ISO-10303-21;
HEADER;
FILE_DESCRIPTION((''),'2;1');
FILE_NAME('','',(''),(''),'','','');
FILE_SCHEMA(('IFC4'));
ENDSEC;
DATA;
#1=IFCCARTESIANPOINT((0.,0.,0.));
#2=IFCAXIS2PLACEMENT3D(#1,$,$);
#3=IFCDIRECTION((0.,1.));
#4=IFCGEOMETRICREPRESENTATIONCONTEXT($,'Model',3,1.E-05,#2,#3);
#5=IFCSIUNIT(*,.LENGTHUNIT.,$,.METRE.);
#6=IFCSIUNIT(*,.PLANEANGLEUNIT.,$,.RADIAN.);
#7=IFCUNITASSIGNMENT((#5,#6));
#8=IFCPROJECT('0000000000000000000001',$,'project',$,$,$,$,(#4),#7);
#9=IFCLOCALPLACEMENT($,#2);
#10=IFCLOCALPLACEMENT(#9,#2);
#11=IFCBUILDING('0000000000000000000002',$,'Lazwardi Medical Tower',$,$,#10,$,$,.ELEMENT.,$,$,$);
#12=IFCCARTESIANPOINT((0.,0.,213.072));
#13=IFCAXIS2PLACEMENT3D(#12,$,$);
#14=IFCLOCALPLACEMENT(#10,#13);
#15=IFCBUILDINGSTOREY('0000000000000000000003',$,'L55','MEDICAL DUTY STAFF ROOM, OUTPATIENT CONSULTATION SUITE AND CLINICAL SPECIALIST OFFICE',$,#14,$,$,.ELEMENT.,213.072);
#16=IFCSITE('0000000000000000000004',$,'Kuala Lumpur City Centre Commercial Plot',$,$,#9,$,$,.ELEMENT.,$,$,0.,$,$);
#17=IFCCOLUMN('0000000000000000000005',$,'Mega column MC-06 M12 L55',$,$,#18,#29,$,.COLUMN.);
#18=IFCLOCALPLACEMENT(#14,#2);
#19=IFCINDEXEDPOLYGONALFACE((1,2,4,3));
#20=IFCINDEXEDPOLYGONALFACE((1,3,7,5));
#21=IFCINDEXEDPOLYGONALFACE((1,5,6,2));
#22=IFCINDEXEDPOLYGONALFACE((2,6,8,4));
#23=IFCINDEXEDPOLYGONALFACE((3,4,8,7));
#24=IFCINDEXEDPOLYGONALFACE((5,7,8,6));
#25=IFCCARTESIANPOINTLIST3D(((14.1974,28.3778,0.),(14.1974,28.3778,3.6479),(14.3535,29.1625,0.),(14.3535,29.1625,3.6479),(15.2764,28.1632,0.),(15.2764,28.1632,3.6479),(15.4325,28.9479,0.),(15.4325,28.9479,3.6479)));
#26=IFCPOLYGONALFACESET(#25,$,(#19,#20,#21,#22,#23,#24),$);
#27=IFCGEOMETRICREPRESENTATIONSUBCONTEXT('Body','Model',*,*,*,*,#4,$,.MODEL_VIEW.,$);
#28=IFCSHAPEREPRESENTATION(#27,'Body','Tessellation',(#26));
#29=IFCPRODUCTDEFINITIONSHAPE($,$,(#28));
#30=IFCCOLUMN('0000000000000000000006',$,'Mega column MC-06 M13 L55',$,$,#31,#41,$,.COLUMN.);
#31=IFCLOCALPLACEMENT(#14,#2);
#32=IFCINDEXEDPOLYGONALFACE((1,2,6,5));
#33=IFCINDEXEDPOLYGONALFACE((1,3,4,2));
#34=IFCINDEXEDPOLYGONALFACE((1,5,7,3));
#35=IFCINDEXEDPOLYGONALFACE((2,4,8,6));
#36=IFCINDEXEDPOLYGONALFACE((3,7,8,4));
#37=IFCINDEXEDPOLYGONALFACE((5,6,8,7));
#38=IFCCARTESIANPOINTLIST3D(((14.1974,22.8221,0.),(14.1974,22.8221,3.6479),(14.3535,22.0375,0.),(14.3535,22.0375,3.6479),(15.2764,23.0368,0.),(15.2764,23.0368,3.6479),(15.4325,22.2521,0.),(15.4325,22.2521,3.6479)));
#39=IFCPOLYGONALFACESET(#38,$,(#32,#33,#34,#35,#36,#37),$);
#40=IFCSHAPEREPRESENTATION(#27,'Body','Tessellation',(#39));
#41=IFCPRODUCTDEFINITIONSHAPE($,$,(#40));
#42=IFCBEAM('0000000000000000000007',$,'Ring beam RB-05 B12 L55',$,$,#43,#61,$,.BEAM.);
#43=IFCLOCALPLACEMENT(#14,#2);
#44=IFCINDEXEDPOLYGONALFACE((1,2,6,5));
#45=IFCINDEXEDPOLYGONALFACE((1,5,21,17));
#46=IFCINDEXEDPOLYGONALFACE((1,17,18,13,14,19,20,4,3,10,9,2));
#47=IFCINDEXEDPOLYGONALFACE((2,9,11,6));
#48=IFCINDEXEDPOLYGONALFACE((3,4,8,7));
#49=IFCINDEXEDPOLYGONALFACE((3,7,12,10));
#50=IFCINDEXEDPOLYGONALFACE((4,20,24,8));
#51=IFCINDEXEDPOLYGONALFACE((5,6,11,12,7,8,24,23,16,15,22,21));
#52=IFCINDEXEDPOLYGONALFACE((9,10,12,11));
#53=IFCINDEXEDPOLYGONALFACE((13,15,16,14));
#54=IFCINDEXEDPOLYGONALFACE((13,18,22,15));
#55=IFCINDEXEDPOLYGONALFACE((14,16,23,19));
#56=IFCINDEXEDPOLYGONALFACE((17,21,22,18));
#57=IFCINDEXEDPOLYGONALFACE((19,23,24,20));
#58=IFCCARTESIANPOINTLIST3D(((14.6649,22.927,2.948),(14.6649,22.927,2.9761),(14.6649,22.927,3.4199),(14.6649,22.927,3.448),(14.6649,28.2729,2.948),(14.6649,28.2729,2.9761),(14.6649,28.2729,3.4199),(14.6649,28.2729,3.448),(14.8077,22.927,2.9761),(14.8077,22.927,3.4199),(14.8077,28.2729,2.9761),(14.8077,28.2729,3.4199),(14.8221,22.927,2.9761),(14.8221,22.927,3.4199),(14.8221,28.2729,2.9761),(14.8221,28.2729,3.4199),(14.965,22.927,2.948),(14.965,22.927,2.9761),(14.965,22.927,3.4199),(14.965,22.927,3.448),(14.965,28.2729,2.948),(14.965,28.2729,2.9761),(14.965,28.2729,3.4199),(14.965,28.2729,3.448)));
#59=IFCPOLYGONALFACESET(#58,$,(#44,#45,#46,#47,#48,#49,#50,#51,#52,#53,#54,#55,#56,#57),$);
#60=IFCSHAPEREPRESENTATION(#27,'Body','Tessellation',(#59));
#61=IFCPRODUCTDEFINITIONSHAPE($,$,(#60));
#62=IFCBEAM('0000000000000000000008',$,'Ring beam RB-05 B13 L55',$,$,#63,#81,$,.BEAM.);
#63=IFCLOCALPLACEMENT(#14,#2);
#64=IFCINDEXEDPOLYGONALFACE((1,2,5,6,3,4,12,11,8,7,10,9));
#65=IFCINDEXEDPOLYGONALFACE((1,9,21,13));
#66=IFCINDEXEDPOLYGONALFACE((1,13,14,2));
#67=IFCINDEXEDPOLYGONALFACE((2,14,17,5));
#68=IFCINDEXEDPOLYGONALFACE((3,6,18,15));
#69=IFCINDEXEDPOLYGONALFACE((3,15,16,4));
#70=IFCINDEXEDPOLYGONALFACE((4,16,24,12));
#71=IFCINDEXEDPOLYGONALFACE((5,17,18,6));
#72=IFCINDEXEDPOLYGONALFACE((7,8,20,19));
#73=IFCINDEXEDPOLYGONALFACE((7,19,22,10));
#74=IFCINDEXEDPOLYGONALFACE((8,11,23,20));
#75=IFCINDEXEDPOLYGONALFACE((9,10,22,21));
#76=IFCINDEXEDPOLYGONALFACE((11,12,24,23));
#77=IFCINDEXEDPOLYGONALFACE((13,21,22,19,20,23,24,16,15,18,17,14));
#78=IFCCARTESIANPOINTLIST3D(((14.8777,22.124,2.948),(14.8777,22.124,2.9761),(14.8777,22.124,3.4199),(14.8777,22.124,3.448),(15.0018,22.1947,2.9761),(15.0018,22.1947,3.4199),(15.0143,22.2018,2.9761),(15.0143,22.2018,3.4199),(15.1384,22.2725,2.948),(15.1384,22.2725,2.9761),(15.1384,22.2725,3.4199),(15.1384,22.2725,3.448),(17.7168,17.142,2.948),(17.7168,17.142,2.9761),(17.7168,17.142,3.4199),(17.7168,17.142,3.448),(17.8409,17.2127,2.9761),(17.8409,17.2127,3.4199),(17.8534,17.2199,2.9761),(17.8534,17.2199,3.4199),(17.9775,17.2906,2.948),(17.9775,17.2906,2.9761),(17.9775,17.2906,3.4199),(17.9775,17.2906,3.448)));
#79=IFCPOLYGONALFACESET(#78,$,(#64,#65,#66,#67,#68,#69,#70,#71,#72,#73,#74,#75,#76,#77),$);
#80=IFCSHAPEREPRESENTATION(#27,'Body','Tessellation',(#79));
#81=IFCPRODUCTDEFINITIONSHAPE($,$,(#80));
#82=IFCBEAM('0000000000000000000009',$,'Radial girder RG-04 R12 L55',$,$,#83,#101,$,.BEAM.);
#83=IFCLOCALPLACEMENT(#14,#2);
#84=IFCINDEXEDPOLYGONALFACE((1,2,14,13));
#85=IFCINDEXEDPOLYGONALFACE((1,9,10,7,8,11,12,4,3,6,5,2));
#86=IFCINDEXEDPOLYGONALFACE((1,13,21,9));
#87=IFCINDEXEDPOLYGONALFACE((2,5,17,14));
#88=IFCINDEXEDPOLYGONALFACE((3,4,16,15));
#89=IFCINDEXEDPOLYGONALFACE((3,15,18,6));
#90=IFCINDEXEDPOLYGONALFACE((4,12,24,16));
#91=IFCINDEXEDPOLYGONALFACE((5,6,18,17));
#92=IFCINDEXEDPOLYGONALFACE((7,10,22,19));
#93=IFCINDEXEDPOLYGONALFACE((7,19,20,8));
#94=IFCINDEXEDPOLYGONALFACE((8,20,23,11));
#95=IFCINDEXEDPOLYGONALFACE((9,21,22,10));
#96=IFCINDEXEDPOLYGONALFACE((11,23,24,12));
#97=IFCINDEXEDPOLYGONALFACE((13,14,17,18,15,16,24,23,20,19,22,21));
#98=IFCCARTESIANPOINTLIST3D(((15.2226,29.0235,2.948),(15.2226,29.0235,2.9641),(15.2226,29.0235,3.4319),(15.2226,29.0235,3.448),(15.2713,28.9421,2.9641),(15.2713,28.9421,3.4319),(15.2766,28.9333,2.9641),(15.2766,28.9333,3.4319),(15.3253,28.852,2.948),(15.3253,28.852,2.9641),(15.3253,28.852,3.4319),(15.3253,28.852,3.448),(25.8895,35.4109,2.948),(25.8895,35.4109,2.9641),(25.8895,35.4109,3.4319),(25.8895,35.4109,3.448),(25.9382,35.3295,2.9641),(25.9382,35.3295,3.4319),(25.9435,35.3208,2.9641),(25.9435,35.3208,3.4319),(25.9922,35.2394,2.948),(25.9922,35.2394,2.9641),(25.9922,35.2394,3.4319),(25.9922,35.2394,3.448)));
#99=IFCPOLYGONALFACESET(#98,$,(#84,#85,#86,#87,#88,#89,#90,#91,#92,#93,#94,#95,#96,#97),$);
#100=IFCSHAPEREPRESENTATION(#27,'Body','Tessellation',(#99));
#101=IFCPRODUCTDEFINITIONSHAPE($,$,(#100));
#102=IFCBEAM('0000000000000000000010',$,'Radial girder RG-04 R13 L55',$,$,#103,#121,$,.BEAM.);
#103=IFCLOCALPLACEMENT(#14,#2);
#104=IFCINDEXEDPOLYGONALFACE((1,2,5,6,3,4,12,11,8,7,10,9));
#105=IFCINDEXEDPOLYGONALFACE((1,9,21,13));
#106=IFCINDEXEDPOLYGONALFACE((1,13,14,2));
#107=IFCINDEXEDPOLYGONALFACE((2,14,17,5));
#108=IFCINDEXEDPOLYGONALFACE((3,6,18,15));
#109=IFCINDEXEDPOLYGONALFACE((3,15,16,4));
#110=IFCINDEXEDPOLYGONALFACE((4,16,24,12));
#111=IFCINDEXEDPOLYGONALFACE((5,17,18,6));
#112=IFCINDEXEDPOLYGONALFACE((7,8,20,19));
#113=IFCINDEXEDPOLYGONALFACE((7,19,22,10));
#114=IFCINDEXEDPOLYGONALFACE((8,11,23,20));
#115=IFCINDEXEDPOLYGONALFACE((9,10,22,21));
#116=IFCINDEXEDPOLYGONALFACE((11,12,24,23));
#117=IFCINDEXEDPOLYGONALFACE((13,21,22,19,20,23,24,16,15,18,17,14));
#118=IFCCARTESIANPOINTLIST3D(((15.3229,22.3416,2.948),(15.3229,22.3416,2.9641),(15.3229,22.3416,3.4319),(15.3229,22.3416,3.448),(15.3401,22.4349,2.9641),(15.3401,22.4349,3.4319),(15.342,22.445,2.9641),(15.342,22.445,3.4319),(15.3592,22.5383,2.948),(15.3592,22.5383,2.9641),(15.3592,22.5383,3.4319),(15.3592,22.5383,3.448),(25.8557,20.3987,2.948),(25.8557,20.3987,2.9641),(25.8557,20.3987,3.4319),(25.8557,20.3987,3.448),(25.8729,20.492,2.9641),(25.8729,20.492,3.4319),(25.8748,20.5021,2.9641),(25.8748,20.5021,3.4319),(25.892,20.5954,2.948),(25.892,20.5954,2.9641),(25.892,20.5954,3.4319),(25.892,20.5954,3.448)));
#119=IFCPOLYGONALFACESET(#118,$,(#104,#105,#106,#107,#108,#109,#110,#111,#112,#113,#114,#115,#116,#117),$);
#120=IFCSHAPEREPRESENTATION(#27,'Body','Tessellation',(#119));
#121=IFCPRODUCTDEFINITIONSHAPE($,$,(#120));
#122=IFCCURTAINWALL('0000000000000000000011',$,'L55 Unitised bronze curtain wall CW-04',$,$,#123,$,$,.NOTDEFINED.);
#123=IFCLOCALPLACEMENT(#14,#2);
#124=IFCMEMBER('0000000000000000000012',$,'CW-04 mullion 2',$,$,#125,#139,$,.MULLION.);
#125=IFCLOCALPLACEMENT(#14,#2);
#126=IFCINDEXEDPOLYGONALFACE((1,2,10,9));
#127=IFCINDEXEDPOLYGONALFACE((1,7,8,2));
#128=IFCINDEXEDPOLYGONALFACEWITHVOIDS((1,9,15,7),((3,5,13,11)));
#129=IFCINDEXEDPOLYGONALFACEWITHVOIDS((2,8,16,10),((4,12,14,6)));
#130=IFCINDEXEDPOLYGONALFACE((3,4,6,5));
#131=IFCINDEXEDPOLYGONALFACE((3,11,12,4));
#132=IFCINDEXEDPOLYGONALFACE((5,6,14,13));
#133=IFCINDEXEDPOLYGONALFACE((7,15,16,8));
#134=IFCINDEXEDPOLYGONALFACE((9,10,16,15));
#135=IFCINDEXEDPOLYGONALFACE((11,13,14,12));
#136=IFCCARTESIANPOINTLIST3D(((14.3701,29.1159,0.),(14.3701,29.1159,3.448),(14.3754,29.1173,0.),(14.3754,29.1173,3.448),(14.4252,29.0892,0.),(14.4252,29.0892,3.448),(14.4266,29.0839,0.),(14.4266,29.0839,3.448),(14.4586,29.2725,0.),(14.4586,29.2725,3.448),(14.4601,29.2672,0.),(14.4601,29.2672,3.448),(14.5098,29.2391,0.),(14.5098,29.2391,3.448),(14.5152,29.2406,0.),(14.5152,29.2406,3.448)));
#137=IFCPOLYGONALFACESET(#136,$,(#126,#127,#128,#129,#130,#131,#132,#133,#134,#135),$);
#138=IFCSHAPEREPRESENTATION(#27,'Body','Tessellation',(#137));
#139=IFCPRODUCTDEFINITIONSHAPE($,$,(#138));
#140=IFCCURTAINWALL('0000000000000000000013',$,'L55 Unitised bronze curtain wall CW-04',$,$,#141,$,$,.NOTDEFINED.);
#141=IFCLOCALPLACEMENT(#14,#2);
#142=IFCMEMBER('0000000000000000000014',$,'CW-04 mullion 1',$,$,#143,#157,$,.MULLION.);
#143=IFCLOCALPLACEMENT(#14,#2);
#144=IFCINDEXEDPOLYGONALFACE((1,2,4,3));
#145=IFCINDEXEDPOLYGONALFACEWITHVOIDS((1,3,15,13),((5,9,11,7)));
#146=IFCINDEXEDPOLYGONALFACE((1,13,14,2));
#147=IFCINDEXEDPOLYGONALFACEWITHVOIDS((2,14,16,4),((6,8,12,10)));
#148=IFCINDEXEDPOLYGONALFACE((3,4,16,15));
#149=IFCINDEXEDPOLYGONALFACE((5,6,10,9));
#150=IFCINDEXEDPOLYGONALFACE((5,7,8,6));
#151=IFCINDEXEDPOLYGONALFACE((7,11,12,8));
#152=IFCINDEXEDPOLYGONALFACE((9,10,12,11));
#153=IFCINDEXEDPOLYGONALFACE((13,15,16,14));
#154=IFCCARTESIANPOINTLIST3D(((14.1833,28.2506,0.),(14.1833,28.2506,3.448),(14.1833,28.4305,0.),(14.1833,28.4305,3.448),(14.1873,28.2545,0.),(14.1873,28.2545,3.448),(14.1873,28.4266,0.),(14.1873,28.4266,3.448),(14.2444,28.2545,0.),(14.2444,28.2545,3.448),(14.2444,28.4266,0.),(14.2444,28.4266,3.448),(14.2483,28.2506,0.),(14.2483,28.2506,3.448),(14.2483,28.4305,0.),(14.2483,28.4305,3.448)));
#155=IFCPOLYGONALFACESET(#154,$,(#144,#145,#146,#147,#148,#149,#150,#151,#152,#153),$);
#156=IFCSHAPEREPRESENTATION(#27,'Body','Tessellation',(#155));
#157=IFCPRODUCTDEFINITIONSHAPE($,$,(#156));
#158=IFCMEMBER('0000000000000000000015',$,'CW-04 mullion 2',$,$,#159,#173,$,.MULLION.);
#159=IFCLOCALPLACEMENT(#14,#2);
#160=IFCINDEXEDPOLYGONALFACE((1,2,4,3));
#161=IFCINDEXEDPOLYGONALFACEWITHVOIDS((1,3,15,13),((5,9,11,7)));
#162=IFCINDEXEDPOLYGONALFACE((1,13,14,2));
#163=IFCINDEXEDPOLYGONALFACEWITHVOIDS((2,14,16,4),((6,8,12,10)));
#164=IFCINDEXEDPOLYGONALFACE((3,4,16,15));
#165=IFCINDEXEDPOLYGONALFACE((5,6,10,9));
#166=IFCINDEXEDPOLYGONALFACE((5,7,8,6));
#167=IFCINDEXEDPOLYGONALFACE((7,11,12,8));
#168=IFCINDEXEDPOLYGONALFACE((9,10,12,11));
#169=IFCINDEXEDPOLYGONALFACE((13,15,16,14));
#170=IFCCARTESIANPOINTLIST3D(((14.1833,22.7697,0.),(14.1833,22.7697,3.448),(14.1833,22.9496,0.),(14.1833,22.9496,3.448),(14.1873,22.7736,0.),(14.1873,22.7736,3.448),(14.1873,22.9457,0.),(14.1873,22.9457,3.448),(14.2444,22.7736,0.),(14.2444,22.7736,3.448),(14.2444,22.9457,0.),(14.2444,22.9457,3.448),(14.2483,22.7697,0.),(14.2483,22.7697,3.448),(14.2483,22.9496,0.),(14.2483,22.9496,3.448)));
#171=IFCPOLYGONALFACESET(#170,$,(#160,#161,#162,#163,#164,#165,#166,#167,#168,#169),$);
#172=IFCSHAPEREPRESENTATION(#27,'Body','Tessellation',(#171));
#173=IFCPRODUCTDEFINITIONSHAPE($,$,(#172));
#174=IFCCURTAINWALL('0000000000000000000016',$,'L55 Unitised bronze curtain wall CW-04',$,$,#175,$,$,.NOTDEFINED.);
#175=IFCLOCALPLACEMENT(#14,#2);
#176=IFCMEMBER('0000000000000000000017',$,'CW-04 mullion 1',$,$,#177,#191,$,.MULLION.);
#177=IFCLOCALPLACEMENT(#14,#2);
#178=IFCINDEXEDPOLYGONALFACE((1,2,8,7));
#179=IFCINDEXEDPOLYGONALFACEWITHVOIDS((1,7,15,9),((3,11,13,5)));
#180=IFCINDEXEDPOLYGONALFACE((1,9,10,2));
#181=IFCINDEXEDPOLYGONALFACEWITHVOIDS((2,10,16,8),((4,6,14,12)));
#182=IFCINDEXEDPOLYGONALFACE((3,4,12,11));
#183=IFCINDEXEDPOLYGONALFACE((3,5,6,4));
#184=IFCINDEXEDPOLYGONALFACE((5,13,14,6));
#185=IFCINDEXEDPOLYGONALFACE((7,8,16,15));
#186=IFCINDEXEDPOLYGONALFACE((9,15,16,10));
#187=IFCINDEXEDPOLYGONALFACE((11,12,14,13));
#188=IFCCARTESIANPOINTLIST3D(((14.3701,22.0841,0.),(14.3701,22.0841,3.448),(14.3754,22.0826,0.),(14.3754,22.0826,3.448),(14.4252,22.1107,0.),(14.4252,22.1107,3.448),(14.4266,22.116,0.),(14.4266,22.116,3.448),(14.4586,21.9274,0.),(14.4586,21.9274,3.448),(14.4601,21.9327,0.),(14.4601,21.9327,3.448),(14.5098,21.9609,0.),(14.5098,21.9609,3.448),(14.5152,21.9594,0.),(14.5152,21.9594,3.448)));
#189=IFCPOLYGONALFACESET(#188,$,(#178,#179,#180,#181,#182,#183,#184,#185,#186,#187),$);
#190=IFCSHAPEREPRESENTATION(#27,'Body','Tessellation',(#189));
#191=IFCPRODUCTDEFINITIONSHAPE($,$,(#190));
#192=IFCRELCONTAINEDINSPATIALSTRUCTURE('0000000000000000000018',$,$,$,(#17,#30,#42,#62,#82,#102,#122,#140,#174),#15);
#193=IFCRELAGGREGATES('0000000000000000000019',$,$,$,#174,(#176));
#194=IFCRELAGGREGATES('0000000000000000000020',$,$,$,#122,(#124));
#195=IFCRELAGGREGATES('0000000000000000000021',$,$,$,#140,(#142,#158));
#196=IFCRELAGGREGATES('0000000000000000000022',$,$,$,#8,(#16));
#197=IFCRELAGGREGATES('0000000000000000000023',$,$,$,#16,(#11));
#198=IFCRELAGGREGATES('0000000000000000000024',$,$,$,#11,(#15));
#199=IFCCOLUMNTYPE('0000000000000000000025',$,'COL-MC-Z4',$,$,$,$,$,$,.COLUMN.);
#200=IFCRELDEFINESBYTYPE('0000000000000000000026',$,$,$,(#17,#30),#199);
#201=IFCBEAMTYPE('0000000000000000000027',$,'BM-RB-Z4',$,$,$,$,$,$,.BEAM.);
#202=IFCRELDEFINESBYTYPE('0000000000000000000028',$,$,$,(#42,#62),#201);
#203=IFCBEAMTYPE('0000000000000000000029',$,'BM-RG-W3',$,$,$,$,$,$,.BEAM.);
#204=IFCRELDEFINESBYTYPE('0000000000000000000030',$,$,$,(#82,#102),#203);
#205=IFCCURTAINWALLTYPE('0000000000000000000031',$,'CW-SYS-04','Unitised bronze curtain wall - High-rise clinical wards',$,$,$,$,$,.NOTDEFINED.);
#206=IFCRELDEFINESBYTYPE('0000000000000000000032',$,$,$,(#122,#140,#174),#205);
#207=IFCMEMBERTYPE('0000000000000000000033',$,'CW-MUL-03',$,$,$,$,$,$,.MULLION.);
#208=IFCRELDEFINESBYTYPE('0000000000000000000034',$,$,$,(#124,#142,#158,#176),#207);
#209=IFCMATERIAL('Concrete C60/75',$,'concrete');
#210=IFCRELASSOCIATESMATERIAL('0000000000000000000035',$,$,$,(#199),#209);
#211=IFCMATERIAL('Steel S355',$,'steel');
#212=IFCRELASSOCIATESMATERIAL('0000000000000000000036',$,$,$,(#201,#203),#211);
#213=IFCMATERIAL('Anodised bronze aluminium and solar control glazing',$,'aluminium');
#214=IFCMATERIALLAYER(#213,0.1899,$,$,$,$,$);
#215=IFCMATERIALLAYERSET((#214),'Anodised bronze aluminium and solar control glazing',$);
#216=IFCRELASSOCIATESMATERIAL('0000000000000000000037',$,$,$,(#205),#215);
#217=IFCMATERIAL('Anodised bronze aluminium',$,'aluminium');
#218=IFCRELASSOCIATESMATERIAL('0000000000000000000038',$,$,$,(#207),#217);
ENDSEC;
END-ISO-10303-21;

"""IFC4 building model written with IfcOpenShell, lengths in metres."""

from ifc_helpers import new_model, si_unit, direction, frame, origin, origin_2d, place, context, subcontext, project, spatial, rectangle, hollow_rectangle, i_section, extrude, material, layer, layer_set, material_profile, profile_set, type_object, element, aggregate, save


model = new_model("IFC4")

# Units and contexts
model_context = context("Model", 3, precision=1e-05, world=origin(), true_north=direction((0.0, 1.0)))
body_context = subcontext(model_context, "Body", "Model", "MODEL_VIEW")
ifc_project = project(units=[si_unit("LENGTHUNIT", "METRE"), si_unit("PLANEANGLEUNIT", "RADIAN")], contexts=[model_context])

# Site, building, storey
site_placement = place(None, origin())
site = spatial("IfcSite", under=ifc_project, at=site_placement, Name="Kuala Lumpur City Centre Commercial Plot", CompositionType="ELEMENT", RefElevation=0.0)
building_placement = place(site_placement, origin())
building = spatial("IfcBuilding", under=site, at=building_placement, Name="Lazwardi Medical Tower", CompositionType="ELEMENT")
storey_placement = place(building_placement, frame((0.0, 0.0, 213.072)))
storey = spatial("IfcBuildingStorey", under=building, at=storey_placement, Name="L55", Description="MEDICAL DUTY STAFF ROOM, OUTPATIENT CONSULTATION SUITE AND CLINICAL SPECIALIST OFFICE", CompositionType="ELEMENT", Elevation=213.072)

# Columns
ifc_material_1 = material(Name="Concrete C60/75", Category="concrete")
ifc_material_profile_1 = material_profile(ifc_material_1, rectangle(XDim=1.1001, YDim=0.8, at=origin_2d()), Name="CFT-RECT 1100x800")
ifc_profile_set_1 = profile_set([ifc_material_profile_1], Name="Concrete C60/75")
column_type = type_object("IfcColumnType", Name="COL-MC-Z4", PredefinedType="COLUMN", material=ifc_profile_set_1)
for number, where, z_axis, x_axis, name in (
    (1, (14.8149, 28.6628, 0.0), (0.0, 0.0, 1.0), (-0.980785, 0.19509, 0.0), "Mega column MC-06 M12 L55"),
    (2, (14.8149, 22.5371, 0.0), (0.0, 0.0, 1.0), (-0.980785, -0.19509, 0.0), "Mega column MC-06 M13 L55"),
):
    element("IfcColumn", number, at=place(storey_placement, frame(where, z_axis=z_axis, x_axis=x_axis)), inside=storey, type_object=column_type, Name=name, PredefinedType="COLUMN", context=body_context, shape_type="SweptSolid", body=[
        extrude(rectangle(XDim=1.1001, YDim=0.8, at=origin_2d()), origin(), (0.0, 0.0, 1.0), 3.6479),
    ])

# Beams
ifc_material_2 = material(Name="Steel S355", Category="steel")
ifc_material_profile_2 = material_profile(ifc_material_2, i_section(OverallWidth=0.3, OverallDepth=0.5, WebThickness=0.0144, FlangeThickness=0.0281, at=origin_2d()), Name="HEB 500")
ifc_profile_set_2 = profile_set([ifc_material_profile_2], Name="Steel S355")
beam_type_1 = type_object("IfcBeamType", Name="BM-RB-Z4", PredefinedType="BEAM", material=ifc_profile_set_2)
beam_1_placement = place(storey_placement, frame((14.8149, 28.2729, 3.198), z_axis=(0.0, -1.0, 0.0), x_axis=(1.0, 0.0, 0.0)))
element("IfcBeam", 3, at=beam_1_placement, inside=storey, type_object=beam_type_1, Name="Ring beam RB-05 B12 L55", PredefinedType="BEAM", context=body_context, shape_type="SweptSolid", body=[
    extrude(i_section(OverallWidth=0.3, OverallDepth=0.5, WebThickness=0.0144, FlangeThickness=0.0281, at=origin_2d()), origin(), (0.0, 0.0, 1.0), 5.3459),
])
beam_2_placement = place(storey_placement, frame((15.0081, 22.1982, 3.198), z_axis=(0.495125, -0.868822, 0.0), x_axis=(0.868822, 0.495125, 0.0)))
element("IfcBeam", 4, at=beam_2_placement, inside=storey, type_object=beam_type_1, Name="Ring beam RB-05 B13 L55", PredefinedType="BEAM", context=body_context, shape_type="SweptSolid", body=[
    extrude(i_section(OverallWidth=0.3, OverallDepth=0.5, WebThickness=0.0144, FlangeThickness=0.0281, at=origin_2d()), origin(), (0.0, 0.0, 1.0), 5.7341),
])
ifc_material_profile_3 = material_profile(ifc_material_2, i_section(OverallWidth=0.2, OverallDepth=0.5, WebThickness=0.0103, FlangeThickness=0.0161, at=origin_2d()), Name="IPE 500")
ifc_profile_set_3 = profile_set([ifc_material_profile_3], Name="Steel S355")
beam_type_2 = type_object("IfcBeamType", Name="BM-RG-W3", PredefinedType="BEAM", material=ifc_profile_set_3)
beam_3_placement = place(storey_placement, frame((15.2739, 28.9377, 3.198), z_axis=(0.857945, 0.513742, 0.0), x_axis=(-0.513742, 0.857945, 0.0)))
element("IfcBeam", 5, at=beam_3_placement, inside=storey, type_object=beam_type_2, Name="Radial girder RG-04 R12 L55", PredefinedType="BEAM", context=body_context, shape_type="SweptSolid", body=[
    extrude(i_section(OverallWidth=0.2, OverallDepth=0.5, WebThickness=0.0103, FlangeThickness=0.0161, at=origin_2d()), origin(), (0.0, 0.0, 1.0), 12.4331),
])
beam_4_placement = place(storey_placement, frame((15.3411, 22.4399, 3.198), z_axis=(0.983409, -0.1814, 0.0), x_axis=(0.1814, 0.983409, 0.0)))
element("IfcBeam", 6, at=beam_4_placement, inside=storey, type_object=beam_type_2, Name="Radial girder RG-04 R13 L55", PredefinedType="BEAM", context=body_context, shape_type="SweptSolid", body=[
    extrude(i_section(OverallWidth=0.2, OverallDepth=0.5, WebThickness=0.0103, FlangeThickness=0.0161, at=origin_2d()), origin(), (0.0, 0.0, 1.0), 10.7104),
])

# Curtain wall, member
ifc_material_3 = material(Name="Anodised bronze aluminium and solar control glazing", Category="aluminium")
ifc_layer_1 = layer(ifc_material_3, 0.1899)
ifc_layer_set_1 = layer_set([ifc_layer_1], Name="Anodised bronze aluminium and solar control glazing")
curtain_wall_type = type_object("IfcCurtainWallType", Name="CW-SYS-04", Description="Unitised bronze curtain wall - High-rise clinical wards", PredefinedType="NOTDEFINED", material=ifc_layer_set_1)
curtain_wall_1_placement = place(storey_placement, origin())
curtain_wall_1 = element("IfcCurtainWall", 7, at=curtain_wall_1_placement, inside=storey, type_object=curtain_wall_type, Name="L55 Unitised bronze curtain wall CW-04", PredefinedType="NOTDEFINED")
ifc_material_4 = material(Name="Anodised bronze aluminium", Category="aluminium")
ifc_material_profile_4 = material_profile(ifc_material_4, hollow_rectangle(XDim=0.0649, YDim=0.1799, WallThickness=0.0039, at=origin_2d()), Name="ALU-MULLION 180x65x4")
ifc_profile_set_4 = profile_set([ifc_material_profile_4], Name="Anodised bronze aluminium")
member_type_1 = type_object("IfcMemberType", Name="CW-MUL-03", PredefinedType="MULLION", material=ifc_profile_set_4)
member_1_placement = place(storey_placement, frame((14.4426, 29.1782, 0.0), z_axis=(0.0, 0.0, 1.0), x_axis=(0.870651, -0.4919, 0.0)))
member_1 = element("IfcMember", 8, at=member_1_placement, type_object=member_type_1, Name="CW-04 mullion 2", PredefinedType="MULLION", context=body_context, shape_type="SweptSolid", body=[
    extrude(hollow_rectangle(XDim=0.0649, YDim=0.1799, WallThickness=0.0039, at=origin_2d()), origin(), (0.0, 0.0, 1.0), 3.448),
])

# Curtain wall, members
curtain_wall_2_placement = place(storey_placement, origin())
curtain_wall_2 = element("IfcCurtainWall", 9, at=curtain_wall_2_placement, inside=storey, type_object=curtain_wall_type, Name="L55 Unitised bronze curtain wall CW-04", PredefinedType="NOTDEFINED")
member_2_placement = place(storey_placement, frame((14.2158, 28.3406, 0.0), z_axis=(0.0, 0.0, 1.0), x_axis=(1.0, 0.0, 0.0)))
member_2 = element("IfcMember", 10, at=member_2_placement, type_object=member_type_1, Name="CW-04 mullion 1", PredefinedType="MULLION", context=body_context, shape_type="SweptSolid", body=[
    extrude(hollow_rectangle(XDim=0.0649, YDim=0.1799, WallThickness=0.0039, at=origin_2d()), origin(), (0.0, 0.0, 1.0), 3.448),
])
member_3_placement = place(storey_placement, frame((14.2158, 22.8596, 0.0), z_axis=(0.0, 0.0, 1.0), x_axis=(1.0, 0.0, 0.0)))
member_3 = element("IfcMember", 11, at=member_3_placement, type_object=member_type_1, Name="CW-04 mullion 2", PredefinedType="MULLION", context=body_context, shape_type="SweptSolid", body=[
    extrude(hollow_rectangle(XDim=0.0649, YDim=0.1799, WallThickness=0.0039, at=origin_2d()), origin(), (0.0, 0.0, 1.0), 3.448),
])

# Curtain wall, member
curtain_wall_3_placement = place(storey_placement, origin())
curtain_wall_3 = element("IfcCurtainWall", 12, at=curtain_wall_3_placement, inside=storey, type_object=curtain_wall_type, Name="L55 Unitised bronze curtain wall CW-04", PredefinedType="NOTDEFINED")
member_4_placement = place(storey_placement, frame((14.4426, 22.0217, 0.0), z_axis=(0.0, 0.0, 1.0), x_axis=(0.870651, 0.4919, 0.0)))
member_4 = element("IfcMember", 13, at=member_4_placement, type_object=member_type_1, Name="CW-04 mullion 1", PredefinedType="MULLION", context=body_context, shape_type="SweptSolid", body=[
    extrude(hollow_rectangle(XDim=0.0649, YDim=0.1799, WallThickness=0.0039, at=origin_2d()), origin(), (0.0, 0.0, 1.0), 3.448),
])
aggregate(curtain_wall_3, [member_4])

aggregate(curtain_wall_1, [member_1])
aggregate(curtain_wall_2, [member_2, member_3])

save(model, "model.ifc")
